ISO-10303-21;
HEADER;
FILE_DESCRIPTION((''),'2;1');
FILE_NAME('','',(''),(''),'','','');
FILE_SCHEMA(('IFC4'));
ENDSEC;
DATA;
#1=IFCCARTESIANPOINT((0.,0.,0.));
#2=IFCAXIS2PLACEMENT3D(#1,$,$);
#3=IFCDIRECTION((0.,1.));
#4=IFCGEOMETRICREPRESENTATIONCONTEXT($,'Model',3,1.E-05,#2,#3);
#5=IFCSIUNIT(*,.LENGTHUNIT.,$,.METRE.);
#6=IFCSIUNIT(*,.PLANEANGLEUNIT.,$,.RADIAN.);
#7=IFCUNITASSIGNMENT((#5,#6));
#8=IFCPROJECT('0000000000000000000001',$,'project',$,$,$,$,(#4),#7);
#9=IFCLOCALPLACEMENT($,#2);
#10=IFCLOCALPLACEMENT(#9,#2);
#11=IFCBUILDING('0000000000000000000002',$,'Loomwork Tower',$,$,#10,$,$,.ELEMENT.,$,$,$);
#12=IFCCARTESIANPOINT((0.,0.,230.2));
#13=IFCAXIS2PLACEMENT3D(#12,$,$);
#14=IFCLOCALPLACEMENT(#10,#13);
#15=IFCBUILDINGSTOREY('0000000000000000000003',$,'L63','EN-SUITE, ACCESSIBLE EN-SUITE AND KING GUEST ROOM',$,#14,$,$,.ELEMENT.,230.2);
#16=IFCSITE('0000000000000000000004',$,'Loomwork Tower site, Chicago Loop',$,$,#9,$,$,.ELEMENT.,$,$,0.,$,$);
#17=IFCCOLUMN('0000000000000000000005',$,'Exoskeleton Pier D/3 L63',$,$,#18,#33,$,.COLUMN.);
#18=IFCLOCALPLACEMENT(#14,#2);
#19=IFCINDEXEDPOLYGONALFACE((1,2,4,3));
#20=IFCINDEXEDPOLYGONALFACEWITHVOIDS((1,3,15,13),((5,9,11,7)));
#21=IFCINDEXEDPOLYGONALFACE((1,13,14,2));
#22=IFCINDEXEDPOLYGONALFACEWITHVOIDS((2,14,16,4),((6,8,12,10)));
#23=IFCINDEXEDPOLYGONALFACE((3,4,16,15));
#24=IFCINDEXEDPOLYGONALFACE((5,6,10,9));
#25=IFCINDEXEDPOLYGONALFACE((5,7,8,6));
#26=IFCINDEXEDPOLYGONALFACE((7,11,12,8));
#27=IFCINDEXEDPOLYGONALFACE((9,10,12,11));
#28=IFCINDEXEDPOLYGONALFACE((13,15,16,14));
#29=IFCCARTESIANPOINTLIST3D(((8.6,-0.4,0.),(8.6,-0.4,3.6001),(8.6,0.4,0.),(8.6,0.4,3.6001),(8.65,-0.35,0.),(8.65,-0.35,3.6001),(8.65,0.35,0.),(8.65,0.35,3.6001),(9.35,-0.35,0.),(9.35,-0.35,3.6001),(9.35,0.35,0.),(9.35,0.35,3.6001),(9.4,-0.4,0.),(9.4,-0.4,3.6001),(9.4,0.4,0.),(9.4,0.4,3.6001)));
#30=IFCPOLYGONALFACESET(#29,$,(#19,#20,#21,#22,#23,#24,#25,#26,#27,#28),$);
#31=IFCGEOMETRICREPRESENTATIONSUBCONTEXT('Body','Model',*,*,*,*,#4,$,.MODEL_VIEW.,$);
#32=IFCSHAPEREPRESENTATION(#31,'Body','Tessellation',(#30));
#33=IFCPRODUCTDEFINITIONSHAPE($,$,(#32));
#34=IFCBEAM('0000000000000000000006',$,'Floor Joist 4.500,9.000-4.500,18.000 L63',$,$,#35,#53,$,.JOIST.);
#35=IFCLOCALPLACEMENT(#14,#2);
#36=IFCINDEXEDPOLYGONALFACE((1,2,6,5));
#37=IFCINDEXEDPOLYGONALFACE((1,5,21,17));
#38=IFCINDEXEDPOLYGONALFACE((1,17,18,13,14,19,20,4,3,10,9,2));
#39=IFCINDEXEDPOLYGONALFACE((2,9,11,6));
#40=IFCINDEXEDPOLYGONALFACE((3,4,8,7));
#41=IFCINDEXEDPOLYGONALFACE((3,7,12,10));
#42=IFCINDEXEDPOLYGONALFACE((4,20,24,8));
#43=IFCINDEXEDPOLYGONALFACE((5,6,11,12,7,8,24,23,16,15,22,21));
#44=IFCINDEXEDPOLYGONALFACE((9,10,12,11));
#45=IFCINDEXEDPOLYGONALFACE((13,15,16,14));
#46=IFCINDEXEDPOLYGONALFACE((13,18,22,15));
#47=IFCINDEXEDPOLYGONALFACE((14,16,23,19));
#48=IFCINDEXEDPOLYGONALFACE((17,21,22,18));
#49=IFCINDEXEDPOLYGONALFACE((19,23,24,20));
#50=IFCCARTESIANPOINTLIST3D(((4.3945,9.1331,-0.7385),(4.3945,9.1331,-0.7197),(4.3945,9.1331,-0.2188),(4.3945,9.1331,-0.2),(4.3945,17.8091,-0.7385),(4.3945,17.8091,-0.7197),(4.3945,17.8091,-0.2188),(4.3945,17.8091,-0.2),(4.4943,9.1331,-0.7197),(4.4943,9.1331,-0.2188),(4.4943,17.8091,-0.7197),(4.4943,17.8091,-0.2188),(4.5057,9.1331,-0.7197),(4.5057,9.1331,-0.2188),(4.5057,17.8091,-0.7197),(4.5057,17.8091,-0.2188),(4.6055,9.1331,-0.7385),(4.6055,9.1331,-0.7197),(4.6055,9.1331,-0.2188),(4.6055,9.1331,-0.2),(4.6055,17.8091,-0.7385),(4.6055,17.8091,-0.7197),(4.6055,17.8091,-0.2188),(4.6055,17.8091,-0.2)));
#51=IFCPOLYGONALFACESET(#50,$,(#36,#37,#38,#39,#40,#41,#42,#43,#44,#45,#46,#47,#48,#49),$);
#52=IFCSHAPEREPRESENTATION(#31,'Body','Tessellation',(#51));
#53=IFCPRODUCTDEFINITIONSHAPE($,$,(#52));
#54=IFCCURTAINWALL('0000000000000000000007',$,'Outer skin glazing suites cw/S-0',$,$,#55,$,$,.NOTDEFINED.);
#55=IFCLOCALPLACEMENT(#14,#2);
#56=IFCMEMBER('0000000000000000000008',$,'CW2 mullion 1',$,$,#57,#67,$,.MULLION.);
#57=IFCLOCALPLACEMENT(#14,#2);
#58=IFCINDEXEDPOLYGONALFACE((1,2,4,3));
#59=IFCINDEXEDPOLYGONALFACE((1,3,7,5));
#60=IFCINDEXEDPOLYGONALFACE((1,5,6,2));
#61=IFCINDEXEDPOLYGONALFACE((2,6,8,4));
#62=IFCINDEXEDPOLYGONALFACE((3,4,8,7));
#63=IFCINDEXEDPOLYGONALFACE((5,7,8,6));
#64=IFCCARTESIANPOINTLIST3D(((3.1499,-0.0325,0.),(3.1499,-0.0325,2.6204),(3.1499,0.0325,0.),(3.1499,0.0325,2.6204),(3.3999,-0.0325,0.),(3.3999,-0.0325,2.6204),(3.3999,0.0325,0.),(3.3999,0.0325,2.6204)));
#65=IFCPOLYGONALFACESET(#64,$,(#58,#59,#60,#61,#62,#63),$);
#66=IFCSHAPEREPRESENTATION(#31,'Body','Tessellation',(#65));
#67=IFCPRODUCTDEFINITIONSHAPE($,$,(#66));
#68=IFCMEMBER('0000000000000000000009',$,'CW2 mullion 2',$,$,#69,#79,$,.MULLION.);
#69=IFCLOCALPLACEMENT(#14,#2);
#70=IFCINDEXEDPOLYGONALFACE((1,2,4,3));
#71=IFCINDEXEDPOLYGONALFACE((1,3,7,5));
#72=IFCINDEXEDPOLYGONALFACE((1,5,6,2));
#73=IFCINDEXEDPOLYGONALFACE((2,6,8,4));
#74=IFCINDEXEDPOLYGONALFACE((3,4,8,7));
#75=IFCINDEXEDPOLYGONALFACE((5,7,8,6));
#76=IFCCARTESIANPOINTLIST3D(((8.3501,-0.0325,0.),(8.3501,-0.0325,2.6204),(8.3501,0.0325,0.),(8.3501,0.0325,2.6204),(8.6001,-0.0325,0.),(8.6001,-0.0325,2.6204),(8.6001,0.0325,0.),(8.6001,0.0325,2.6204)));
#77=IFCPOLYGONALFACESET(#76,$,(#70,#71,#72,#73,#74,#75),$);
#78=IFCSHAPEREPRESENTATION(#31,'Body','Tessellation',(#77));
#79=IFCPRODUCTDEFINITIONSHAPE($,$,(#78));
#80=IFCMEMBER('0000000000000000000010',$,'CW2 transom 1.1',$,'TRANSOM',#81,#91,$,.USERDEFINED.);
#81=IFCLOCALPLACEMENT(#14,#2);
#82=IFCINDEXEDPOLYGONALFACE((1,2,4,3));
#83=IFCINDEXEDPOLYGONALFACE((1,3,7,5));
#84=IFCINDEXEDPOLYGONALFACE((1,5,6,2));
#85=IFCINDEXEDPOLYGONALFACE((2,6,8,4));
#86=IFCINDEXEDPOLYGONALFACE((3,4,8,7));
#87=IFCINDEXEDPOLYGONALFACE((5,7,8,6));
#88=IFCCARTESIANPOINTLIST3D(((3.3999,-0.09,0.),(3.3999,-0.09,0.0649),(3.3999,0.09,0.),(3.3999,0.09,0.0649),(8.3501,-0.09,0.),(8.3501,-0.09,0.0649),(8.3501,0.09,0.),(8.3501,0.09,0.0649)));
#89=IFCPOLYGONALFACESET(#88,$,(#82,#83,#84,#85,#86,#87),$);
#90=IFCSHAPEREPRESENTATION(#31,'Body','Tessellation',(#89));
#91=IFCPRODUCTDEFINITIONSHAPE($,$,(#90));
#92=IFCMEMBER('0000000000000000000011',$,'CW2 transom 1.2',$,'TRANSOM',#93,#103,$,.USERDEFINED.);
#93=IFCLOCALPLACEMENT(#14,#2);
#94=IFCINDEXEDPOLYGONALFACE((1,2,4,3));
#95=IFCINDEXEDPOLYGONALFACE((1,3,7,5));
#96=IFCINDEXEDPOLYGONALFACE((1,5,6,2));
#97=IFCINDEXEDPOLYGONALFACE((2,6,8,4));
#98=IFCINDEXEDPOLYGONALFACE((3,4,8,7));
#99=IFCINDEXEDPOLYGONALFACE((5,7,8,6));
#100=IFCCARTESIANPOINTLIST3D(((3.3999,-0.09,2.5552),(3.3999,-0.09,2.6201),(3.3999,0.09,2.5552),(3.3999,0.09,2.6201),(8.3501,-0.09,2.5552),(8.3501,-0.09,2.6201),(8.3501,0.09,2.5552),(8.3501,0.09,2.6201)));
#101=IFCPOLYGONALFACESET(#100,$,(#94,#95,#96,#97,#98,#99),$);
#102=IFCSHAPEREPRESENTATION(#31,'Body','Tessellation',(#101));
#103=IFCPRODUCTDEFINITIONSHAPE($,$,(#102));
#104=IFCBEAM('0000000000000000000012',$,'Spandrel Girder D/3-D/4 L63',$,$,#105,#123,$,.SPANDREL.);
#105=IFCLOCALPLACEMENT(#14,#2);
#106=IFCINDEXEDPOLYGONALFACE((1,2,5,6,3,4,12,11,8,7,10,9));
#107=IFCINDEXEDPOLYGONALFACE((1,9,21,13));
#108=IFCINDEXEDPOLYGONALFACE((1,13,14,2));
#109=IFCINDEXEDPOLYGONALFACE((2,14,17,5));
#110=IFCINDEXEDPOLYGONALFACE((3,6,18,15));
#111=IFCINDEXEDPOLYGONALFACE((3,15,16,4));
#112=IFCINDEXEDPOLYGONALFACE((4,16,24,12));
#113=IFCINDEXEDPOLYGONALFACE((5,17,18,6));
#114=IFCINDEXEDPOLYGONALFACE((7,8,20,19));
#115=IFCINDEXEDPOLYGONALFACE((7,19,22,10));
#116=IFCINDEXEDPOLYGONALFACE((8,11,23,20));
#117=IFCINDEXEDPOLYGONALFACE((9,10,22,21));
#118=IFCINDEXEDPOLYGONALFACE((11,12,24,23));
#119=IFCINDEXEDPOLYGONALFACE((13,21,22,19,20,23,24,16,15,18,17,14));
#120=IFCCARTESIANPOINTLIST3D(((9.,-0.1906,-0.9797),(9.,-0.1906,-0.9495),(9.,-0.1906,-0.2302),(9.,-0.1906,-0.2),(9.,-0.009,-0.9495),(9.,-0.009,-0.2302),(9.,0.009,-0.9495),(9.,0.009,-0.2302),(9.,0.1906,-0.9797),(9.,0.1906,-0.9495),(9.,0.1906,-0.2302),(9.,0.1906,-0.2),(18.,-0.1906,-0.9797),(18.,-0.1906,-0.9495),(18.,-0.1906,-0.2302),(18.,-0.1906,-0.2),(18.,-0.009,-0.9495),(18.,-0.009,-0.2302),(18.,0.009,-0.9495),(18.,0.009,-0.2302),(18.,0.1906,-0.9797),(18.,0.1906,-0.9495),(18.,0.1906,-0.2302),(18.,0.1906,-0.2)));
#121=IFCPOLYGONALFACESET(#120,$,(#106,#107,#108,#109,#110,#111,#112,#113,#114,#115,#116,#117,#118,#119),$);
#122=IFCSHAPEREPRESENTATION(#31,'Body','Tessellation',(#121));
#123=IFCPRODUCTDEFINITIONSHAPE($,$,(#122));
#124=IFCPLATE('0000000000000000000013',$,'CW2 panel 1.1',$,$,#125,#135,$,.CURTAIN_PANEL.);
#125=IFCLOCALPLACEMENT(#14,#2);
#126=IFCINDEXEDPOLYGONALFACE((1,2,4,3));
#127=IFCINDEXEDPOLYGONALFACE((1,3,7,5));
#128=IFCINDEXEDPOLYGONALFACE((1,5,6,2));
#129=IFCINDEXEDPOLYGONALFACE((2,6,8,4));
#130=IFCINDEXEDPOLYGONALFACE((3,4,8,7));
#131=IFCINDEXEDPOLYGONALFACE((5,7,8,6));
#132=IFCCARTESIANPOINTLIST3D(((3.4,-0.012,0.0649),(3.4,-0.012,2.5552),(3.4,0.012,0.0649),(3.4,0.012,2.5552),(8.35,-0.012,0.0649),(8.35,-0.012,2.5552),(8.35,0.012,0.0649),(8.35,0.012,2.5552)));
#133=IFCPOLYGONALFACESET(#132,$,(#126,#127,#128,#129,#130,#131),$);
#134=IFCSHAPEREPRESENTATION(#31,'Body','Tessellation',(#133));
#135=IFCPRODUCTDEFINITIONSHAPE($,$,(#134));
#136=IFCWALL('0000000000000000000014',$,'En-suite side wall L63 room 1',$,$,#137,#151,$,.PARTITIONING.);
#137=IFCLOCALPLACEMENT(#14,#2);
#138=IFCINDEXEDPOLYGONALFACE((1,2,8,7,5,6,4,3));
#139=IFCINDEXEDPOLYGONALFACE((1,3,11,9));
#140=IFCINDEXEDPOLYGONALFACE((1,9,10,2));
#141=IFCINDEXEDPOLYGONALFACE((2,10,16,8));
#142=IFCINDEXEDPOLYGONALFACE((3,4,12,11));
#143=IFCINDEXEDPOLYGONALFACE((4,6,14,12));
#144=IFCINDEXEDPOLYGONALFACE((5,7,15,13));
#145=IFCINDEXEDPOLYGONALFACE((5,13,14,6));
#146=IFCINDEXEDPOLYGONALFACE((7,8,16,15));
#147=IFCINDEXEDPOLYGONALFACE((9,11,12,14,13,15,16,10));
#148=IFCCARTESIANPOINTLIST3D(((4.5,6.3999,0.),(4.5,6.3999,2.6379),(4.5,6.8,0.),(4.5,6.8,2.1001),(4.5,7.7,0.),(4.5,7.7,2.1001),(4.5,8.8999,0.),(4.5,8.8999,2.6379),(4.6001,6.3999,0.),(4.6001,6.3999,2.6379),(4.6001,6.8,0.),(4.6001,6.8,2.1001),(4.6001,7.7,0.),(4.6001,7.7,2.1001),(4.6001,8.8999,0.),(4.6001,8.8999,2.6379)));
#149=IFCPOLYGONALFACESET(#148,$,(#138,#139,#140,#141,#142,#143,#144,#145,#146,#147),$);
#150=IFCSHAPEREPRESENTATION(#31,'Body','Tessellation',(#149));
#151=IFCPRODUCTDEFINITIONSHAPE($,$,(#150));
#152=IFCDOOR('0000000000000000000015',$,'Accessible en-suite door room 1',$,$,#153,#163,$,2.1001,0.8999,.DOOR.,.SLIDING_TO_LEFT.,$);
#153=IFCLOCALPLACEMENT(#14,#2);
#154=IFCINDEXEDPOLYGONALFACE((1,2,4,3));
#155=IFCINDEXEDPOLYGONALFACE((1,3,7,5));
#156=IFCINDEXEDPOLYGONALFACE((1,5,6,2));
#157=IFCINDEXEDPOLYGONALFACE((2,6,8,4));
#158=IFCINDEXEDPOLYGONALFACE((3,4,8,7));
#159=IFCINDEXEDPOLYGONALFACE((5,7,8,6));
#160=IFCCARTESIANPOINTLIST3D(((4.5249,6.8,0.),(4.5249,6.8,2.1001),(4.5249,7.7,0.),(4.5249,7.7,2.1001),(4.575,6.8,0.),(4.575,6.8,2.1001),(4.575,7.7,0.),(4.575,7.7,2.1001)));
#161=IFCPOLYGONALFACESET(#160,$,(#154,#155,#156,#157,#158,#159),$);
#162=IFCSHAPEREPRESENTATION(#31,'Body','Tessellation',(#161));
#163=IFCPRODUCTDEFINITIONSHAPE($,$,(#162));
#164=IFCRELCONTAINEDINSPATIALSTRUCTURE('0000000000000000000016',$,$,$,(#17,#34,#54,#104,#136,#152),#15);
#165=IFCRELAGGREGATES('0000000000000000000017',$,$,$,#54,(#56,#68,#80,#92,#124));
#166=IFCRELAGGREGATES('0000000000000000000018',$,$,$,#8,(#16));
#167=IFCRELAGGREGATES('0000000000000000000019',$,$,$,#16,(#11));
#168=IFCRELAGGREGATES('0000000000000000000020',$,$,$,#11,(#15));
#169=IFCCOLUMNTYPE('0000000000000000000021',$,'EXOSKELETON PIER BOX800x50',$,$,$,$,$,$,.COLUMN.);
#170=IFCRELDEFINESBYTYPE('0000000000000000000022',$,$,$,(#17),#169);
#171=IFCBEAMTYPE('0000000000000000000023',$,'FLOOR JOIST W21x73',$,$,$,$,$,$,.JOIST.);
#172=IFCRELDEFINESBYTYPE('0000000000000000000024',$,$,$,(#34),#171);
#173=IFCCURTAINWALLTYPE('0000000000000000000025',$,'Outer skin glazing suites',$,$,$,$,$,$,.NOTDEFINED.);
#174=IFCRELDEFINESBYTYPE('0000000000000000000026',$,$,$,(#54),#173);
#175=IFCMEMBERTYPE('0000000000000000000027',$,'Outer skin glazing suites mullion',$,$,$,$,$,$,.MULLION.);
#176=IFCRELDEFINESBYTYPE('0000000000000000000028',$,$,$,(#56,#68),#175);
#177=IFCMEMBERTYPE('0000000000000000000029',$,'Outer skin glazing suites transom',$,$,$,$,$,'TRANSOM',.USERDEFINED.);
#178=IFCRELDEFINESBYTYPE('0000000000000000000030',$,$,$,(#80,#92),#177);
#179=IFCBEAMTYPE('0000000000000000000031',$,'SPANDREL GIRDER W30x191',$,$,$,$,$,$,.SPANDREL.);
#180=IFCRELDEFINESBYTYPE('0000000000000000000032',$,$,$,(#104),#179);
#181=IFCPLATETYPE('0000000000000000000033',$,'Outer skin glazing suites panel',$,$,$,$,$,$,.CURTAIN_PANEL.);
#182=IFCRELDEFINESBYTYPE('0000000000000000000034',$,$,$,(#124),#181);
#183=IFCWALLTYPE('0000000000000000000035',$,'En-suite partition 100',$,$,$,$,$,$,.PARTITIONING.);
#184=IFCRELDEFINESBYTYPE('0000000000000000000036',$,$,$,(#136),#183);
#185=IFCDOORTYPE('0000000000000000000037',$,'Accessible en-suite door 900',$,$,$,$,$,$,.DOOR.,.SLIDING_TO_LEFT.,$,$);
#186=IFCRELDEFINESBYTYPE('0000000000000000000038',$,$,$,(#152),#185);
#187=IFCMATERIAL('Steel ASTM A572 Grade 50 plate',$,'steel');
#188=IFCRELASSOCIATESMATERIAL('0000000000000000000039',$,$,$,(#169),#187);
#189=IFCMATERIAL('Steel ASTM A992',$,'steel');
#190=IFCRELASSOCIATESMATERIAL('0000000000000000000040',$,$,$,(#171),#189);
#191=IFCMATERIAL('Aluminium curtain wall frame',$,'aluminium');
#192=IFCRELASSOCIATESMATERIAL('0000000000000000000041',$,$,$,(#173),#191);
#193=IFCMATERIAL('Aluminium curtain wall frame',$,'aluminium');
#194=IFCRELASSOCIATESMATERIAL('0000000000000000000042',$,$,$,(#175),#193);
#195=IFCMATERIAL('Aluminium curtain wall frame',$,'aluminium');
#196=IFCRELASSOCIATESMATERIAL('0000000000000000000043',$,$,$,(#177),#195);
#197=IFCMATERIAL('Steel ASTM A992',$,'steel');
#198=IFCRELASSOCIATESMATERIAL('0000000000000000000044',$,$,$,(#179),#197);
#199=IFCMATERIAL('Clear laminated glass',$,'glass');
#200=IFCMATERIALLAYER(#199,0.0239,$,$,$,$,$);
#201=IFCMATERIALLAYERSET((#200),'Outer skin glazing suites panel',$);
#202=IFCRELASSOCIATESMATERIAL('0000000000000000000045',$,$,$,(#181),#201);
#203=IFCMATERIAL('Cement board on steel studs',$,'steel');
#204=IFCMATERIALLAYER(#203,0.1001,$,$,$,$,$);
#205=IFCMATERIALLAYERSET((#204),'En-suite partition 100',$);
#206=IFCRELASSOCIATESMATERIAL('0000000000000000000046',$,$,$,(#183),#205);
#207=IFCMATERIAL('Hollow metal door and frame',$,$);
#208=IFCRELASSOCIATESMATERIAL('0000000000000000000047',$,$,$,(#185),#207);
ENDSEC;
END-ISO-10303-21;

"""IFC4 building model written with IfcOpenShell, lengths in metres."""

from ifc_helpers import new_model, si_unit, direction, frame, frame_2d, origin, origin_2d, place, context, subcontext, project, spatial, rectangle, hollow_rectangle, i_section, extrude, material, layer, layer_set, material_profile, profile_set, type_object, element, fill, aggregate, save


model = new_model("IFC4")

# Units and contexts
model_context = context("Model", 3, precision=1e-05, world=origin(), true_north=direction((0.0, 1.0)))
body_context = subcontext(model_context, "Body", "Model", "MODEL_VIEW")
ifc_project = project(units=[si_unit("LENGTHUNIT", "METRE"), si_unit("PLANEANGLEUNIT", "RADIAN")], contexts=[model_context])

# Site, building, storey
site_placement = place(None, origin())
site = spatial("IfcSite", under=ifc_project, at=site_placement, Name="Loomwork Tower site, Chicago Loop", CompositionType="ELEMENT", RefElevation=0.0)
building_placement = place(site_placement, origin())
building = spatial("IfcBuilding", under=site, at=building_placement, Name="Loomwork Tower", CompositionType="ELEMENT")
storey_placement = place(building_placement, frame((0.0, 0.0, 230.2)))
storey = spatial("IfcBuildingStorey", under=building, at=storey_placement, Name="L63", Description="EN-SUITE, ACCESSIBLE EN-SUITE AND KING GUEST ROOM", CompositionType="ELEMENT", Elevation=230.2)

# Column
ifc_material_1 = material(Name="Steel ASTM A572 Grade 50 plate", Category="steel")
ifc_material_profile_1 = material_profile(ifc_material_1, hollow_rectangle(XDim=0.8, YDim=0.8, WallThickness=0.05, at=origin_2d()), Name="BOX800x50")
ifc_profile_set_1 = profile_set([ifc_material_profile_1], Name="Steel ASTM A572 Grade 50 plate")
column_type = type_object("IfcColumnType", Name="EXOSKELETON PIER BOX800x50", PredefinedType="COLUMN", material=ifc_profile_set_1)
column_placement = place(storey_placement, frame((9.0, 0.0, 0.0), z_axis=(0.0, 0.0, 1.0), x_axis=(1.0, 0.0, 0.0)))
element("IfcColumn", 1, at=column_placement, inside=storey, type_object=column_type, Name="Exoskeleton Pier D/3 L63", PredefinedType="COLUMN", context=body_context, shape_type="SweptSolid", body=[
    extrude(hollow_rectangle(XDim=0.8, YDim=0.8, WallThickness=0.05, at=origin_2d()), origin(), (0.0, 0.0, 1.0), 3.6001),
])

# Beam
ifc_material_2 = material(Name="Steel ASTM A992", Category="steel")
ifc_material_profile_2 = material_profile(ifc_material_2, i_section(OverallWidth=0.2109, OverallDepth=0.5386, WebThickness=0.0115, FlangeThickness=0.0188, at=origin_2d()), Name="W21x73")
ifc_profile_set_2 = profile_set([ifc_material_profile_2], Name="Steel ASTM A992")
beam_type_1 = type_object("IfcBeamType", Name="FLOOR JOIST W21x73", PredefinedType="JOIST", material=ifc_profile_set_2)
beam_1_placement = place(storey_placement, frame((4.5, 9.1331, -0.4692), z_axis=(0.0, 1.0, 0.0), x_axis=(-1.0, 0.0, 0.0)))
element("IfcBeam", 2, at=beam_1_placement, inside=storey, type_object=beam_type_1, Name="Floor Joist 4.500,9.000-4.500,18.000 L63", PredefinedType="JOIST", context=body_context, shape_type="SweptSolid", body=[
    extrude(i_section(OverallWidth=0.2109, OverallDepth=0.5386, WebThickness=0.0115, FlangeThickness=0.0188, at=origin_2d()), origin(), (0.0, 0.0, 1.0), 8.676),
])

# Curtain wall, members
ifc_material_3 = material(Name="Aluminium curtain wall frame", Category="aluminium")
curtain_wall_type = type_object("IfcCurtainWallType", Name="Outer skin glazing suites", PredefinedType="NOTDEFINED", material=ifc_material_3)
curtain_wall_placement = place(storey_placement, origin())
curtain_wall = element("IfcCurtainWall", 3, at=curtain_wall_placement, inside=storey, type_object=curtain_wall_type, Name="Outer skin glazing suites cw/S-0", PredefinedType="NOTDEFINED")
ifc_material_4 = material(Name="Aluminium curtain wall frame", Category="aluminium")
ifc_material_profile_3 = material_profile(ifc_material_4, rectangle(XDim=0.0649, YDim=0.25, at=origin_2d()), Name="AL 65x250")
ifc_profile_set_3 = profile_set([ifc_material_profile_3], Name="Aluminium curtain wall frame")
member_type_1 = type_object("IfcMemberType", Name="Outer skin glazing suites mullion", PredefinedType="MULLION", material=ifc_profile_set_3)
member_1_placement = place(storey_placement, frame((3.2749, 0.0, 0.0), z_axis=(0.0, 0.0, 1.0), x_axis=(0.0, 1.0, 0.0)))
member_1 = element("IfcMember", 4, at=member_1_placement, type_object=member_type_1, Name="CW2 mullion 1", PredefinedType="MULLION", context=body_context, shape_type="SweptSolid", body=[
    extrude(rectangle(XDim=0.0649, YDim=0.25, at=origin_2d()), origin(), (0.0, 0.0, 1.0), 2.6204),
])
member_2_placement = place(storey_placement, frame((8.4751, 0.0, 0.0), z_axis=(0.0, 0.0, 1.0), x_axis=(0.0, 1.0, 0.0)))
member_2 = element("IfcMember", 5, at=member_2_placement, type_object=member_type_1, Name="CW2 mullion 2", PredefinedType="MULLION", context=body_context, shape_type="SweptSolid", body=[
    extrude(rectangle(XDim=0.0649, YDim=0.25, at=origin_2d()), origin(), (0.0, 0.0, 1.0), 2.6204),
])
ifc_material_5 = material(Name="Aluminium curtain wall frame", Category="aluminium")
ifc_material_profile_4 = material_profile(ifc_material_5, rectangle(XDim=0.1799, YDim=0.0649, at=origin_2d()), Name="AL 65x180")
ifc_profile_set_4 = profile_set([ifc_material_profile_4], Name="Aluminium curtain wall frame")
member_type_2 = type_object("IfcMemberType", Name="Outer skin glazing suites transom", ElementType="TRANSOM", PredefinedType="USERDEFINED", material=ifc_profile_set_4)
member_3_placement = place(storey_placement, frame((3.3999, 0.0, 0.0325), z_axis=(1.0, 0.0, 0.0), x_axis=(0.0, 1.0, 0.0)))
member_3 = element("IfcMember", 6, at=member_3_placement, type_object=member_type_2, Name="CW2 transom 1.1", ObjectType="TRANSOM", PredefinedType="USERDEFINED", context=body_context, shape_type="SweptSolid", body=[
    extrude(rectangle(XDim=0.1799, YDim=0.0649, at=origin_2d()), origin(), (0.0, 0.0, 1.0), 4.9502),
])
member_4_placement = place(storey_placement, frame((3.3999, 0.0, 2.5876), z_axis=(1.0, 0.0, 0.0), x_axis=(0.0, 1.0, 0.0)))
member_4 = element("IfcMember", 7, at=member_4_placement, type_object=member_type_2, Name="CW2 transom 1.2", ObjectType="TRANSOM", PredefinedType="USERDEFINED", context=body_context, shape_type="SweptSolid", body=[
    extrude(rectangle(XDim=0.1799, YDim=0.0649, at=origin_2d()), origin(), (0.0, 0.0, 1.0), 4.9502),
])

# Beam
ifc_material_6 = material(Name="Steel ASTM A992", Category="steel")
ifc_material_profile_5 = material_profile(ifc_material_6, i_section(OverallWidth=0.3811, OverallDepth=0.7798, WebThickness=0.0181, FlangeThickness=0.0303, at=origin_2d()), Name="W30x191")
ifc_profile_set_5 = profile_set([ifc_material_profile_5], Name="Steel ASTM A992")
beam_type_2 = type_object("IfcBeamType", Name="SPANDREL GIRDER W30x191", PredefinedType="SPANDREL", material=ifc_profile_set_5)
beam_2_placement = place(storey_placement, frame((9.0, 0.0, -0.5898), z_axis=(1.0, 0.0, 0.0), x_axis=(0.0, 1.0, 0.0)))
element("IfcBeam", 8, at=beam_2_placement, inside=storey, type_object=beam_type_2, Name="Spandrel Girder D/3-D/4 L63", PredefinedType="SPANDREL", context=body_context, shape_type="SweptSolid", body=[
    extrude(i_section(OverallWidth=0.3811, OverallDepth=0.7798, WebThickness=0.0181, FlangeThickness=0.0303, at=origin_2d()), origin(), (0.0, 0.0, 1.0), 9.0),
])

# Plate
ifc_material_7 = material(Name="Clear laminated glass", Category="glass")
ifc_layer_1 = layer(ifc_material_7, 0.0239)
ifc_layer_set_1 = layer_set([ifc_layer_1], Name="Outer skin glazing suites panel")
plate_type = type_object("IfcPlateType", Name="Outer skin glazing suites panel", PredefinedType="CURTAIN_PANEL", material=ifc_layer_set_1)
plate_placement = place(storey_placement, frame((5.875, 0.0, 0.0649), z_axis=(0.0, 0.0, 1.0), x_axis=(1.0, 0.0, 0.0)))
plate = element("IfcPlate", 9, at=plate_placement, type_object=plate_type, Name="CW2 panel 1.1", PredefinedType="CURTAIN_PANEL", context=body_context, shape_type="SweptSolid", body=[
    extrude(rectangle(XDim=4.95, YDim=0.0239, at=origin_2d()), origin(), (0.0, 0.0, 1.0), 2.4902),
])
aggregate(curtain_wall, [member_1, member_2, member_3, member_4, plate])

# Wall, opening, door
ifc_material_8 = material(Name="Cement board on steel studs", Category="steel")
ifc_layer_2 = layer(ifc_material_8, 0.1001)
ifc_layer_set_2 = layer_set([ifc_layer_2], Name="En-suite partition 100")
wall_type_1 = type_object("IfcWallType", Name="En-suite partition 100", PredefinedType="PARTITIONING", material=ifc_layer_set_2)
wall_1_placement = place(storey_placement, frame((4.55, 8.8999, 0.0), z_axis=(0.0, 0.0, 1.0), x_axis=(0.0, -1.0, 0.0)))
wall_1 = element("IfcWall", 10, at=wall_1_placement, inside=storey, type_object=wall_type_1, Name="En-suite side wall L63 room 1", PredefinedType="PARTITIONING", context=body_context, shape_type="SweptSolid", body=[
    extrude(rectangle(XDim=2.5, YDim=0.1001, at=frame_2d((1.25, 0.0))), origin(), (0.0, 0.0, 1.0), 2.6379),
])
opening_1_placement = place(wall_1_placement, frame((1.2, 0.0, 0.0)))
opening_1 = element("IfcOpeningElement", 11, at=opening_1_placement, cuts=wall_1, PredefinedType="OPENING", context=body_context, shape_type="SweptSolid", body=[
    extrude(rectangle(XDim=0.8999, YDim=2.1001, at=frame_2d((0.45, 1.05))), frame((0.0, 0.0601, 0.0), z_axis=(0.0, -1.0, 0.0), x_axis=(1.0, 0.0, 0.0)), (0.0, 0.0, 1.0), 0.1201),
])
ifc_material_9 = material(Name="Hollow metal door and frame")
door_type = type_object("IfcDoorType", Name="Accessible en-suite door 900", OperationType="SLIDING_TO_LEFT", PredefinedType="DOOR", material=ifc_material_9)
door_placement = place(opening_1_placement, origin())
door = element("IfcDoor", 12, at=door_placement, inside=storey, type_object=door_type, Name="Accessible en-suite door room 1", OperationType="SLIDING_TO_LEFT", OverallHeight=2.1001, OverallWidth=0.8999, PredefinedType="DOOR", context=body_context, shape_type="SweptSolid", body=[
    extrude(rectangle(XDim=0.8999, YDim=2.1001, at=frame_2d((0.45, 1.05))), frame((0.0, 0.0249, 0.0), z_axis=(0.0, -1.0, 0.0), x_axis=(1.0, 0.0, 0.0)), (0.0, 0.0, 1.0), 0.05),
])
fill(opening_1, door)

save(model, "model.ifc")
